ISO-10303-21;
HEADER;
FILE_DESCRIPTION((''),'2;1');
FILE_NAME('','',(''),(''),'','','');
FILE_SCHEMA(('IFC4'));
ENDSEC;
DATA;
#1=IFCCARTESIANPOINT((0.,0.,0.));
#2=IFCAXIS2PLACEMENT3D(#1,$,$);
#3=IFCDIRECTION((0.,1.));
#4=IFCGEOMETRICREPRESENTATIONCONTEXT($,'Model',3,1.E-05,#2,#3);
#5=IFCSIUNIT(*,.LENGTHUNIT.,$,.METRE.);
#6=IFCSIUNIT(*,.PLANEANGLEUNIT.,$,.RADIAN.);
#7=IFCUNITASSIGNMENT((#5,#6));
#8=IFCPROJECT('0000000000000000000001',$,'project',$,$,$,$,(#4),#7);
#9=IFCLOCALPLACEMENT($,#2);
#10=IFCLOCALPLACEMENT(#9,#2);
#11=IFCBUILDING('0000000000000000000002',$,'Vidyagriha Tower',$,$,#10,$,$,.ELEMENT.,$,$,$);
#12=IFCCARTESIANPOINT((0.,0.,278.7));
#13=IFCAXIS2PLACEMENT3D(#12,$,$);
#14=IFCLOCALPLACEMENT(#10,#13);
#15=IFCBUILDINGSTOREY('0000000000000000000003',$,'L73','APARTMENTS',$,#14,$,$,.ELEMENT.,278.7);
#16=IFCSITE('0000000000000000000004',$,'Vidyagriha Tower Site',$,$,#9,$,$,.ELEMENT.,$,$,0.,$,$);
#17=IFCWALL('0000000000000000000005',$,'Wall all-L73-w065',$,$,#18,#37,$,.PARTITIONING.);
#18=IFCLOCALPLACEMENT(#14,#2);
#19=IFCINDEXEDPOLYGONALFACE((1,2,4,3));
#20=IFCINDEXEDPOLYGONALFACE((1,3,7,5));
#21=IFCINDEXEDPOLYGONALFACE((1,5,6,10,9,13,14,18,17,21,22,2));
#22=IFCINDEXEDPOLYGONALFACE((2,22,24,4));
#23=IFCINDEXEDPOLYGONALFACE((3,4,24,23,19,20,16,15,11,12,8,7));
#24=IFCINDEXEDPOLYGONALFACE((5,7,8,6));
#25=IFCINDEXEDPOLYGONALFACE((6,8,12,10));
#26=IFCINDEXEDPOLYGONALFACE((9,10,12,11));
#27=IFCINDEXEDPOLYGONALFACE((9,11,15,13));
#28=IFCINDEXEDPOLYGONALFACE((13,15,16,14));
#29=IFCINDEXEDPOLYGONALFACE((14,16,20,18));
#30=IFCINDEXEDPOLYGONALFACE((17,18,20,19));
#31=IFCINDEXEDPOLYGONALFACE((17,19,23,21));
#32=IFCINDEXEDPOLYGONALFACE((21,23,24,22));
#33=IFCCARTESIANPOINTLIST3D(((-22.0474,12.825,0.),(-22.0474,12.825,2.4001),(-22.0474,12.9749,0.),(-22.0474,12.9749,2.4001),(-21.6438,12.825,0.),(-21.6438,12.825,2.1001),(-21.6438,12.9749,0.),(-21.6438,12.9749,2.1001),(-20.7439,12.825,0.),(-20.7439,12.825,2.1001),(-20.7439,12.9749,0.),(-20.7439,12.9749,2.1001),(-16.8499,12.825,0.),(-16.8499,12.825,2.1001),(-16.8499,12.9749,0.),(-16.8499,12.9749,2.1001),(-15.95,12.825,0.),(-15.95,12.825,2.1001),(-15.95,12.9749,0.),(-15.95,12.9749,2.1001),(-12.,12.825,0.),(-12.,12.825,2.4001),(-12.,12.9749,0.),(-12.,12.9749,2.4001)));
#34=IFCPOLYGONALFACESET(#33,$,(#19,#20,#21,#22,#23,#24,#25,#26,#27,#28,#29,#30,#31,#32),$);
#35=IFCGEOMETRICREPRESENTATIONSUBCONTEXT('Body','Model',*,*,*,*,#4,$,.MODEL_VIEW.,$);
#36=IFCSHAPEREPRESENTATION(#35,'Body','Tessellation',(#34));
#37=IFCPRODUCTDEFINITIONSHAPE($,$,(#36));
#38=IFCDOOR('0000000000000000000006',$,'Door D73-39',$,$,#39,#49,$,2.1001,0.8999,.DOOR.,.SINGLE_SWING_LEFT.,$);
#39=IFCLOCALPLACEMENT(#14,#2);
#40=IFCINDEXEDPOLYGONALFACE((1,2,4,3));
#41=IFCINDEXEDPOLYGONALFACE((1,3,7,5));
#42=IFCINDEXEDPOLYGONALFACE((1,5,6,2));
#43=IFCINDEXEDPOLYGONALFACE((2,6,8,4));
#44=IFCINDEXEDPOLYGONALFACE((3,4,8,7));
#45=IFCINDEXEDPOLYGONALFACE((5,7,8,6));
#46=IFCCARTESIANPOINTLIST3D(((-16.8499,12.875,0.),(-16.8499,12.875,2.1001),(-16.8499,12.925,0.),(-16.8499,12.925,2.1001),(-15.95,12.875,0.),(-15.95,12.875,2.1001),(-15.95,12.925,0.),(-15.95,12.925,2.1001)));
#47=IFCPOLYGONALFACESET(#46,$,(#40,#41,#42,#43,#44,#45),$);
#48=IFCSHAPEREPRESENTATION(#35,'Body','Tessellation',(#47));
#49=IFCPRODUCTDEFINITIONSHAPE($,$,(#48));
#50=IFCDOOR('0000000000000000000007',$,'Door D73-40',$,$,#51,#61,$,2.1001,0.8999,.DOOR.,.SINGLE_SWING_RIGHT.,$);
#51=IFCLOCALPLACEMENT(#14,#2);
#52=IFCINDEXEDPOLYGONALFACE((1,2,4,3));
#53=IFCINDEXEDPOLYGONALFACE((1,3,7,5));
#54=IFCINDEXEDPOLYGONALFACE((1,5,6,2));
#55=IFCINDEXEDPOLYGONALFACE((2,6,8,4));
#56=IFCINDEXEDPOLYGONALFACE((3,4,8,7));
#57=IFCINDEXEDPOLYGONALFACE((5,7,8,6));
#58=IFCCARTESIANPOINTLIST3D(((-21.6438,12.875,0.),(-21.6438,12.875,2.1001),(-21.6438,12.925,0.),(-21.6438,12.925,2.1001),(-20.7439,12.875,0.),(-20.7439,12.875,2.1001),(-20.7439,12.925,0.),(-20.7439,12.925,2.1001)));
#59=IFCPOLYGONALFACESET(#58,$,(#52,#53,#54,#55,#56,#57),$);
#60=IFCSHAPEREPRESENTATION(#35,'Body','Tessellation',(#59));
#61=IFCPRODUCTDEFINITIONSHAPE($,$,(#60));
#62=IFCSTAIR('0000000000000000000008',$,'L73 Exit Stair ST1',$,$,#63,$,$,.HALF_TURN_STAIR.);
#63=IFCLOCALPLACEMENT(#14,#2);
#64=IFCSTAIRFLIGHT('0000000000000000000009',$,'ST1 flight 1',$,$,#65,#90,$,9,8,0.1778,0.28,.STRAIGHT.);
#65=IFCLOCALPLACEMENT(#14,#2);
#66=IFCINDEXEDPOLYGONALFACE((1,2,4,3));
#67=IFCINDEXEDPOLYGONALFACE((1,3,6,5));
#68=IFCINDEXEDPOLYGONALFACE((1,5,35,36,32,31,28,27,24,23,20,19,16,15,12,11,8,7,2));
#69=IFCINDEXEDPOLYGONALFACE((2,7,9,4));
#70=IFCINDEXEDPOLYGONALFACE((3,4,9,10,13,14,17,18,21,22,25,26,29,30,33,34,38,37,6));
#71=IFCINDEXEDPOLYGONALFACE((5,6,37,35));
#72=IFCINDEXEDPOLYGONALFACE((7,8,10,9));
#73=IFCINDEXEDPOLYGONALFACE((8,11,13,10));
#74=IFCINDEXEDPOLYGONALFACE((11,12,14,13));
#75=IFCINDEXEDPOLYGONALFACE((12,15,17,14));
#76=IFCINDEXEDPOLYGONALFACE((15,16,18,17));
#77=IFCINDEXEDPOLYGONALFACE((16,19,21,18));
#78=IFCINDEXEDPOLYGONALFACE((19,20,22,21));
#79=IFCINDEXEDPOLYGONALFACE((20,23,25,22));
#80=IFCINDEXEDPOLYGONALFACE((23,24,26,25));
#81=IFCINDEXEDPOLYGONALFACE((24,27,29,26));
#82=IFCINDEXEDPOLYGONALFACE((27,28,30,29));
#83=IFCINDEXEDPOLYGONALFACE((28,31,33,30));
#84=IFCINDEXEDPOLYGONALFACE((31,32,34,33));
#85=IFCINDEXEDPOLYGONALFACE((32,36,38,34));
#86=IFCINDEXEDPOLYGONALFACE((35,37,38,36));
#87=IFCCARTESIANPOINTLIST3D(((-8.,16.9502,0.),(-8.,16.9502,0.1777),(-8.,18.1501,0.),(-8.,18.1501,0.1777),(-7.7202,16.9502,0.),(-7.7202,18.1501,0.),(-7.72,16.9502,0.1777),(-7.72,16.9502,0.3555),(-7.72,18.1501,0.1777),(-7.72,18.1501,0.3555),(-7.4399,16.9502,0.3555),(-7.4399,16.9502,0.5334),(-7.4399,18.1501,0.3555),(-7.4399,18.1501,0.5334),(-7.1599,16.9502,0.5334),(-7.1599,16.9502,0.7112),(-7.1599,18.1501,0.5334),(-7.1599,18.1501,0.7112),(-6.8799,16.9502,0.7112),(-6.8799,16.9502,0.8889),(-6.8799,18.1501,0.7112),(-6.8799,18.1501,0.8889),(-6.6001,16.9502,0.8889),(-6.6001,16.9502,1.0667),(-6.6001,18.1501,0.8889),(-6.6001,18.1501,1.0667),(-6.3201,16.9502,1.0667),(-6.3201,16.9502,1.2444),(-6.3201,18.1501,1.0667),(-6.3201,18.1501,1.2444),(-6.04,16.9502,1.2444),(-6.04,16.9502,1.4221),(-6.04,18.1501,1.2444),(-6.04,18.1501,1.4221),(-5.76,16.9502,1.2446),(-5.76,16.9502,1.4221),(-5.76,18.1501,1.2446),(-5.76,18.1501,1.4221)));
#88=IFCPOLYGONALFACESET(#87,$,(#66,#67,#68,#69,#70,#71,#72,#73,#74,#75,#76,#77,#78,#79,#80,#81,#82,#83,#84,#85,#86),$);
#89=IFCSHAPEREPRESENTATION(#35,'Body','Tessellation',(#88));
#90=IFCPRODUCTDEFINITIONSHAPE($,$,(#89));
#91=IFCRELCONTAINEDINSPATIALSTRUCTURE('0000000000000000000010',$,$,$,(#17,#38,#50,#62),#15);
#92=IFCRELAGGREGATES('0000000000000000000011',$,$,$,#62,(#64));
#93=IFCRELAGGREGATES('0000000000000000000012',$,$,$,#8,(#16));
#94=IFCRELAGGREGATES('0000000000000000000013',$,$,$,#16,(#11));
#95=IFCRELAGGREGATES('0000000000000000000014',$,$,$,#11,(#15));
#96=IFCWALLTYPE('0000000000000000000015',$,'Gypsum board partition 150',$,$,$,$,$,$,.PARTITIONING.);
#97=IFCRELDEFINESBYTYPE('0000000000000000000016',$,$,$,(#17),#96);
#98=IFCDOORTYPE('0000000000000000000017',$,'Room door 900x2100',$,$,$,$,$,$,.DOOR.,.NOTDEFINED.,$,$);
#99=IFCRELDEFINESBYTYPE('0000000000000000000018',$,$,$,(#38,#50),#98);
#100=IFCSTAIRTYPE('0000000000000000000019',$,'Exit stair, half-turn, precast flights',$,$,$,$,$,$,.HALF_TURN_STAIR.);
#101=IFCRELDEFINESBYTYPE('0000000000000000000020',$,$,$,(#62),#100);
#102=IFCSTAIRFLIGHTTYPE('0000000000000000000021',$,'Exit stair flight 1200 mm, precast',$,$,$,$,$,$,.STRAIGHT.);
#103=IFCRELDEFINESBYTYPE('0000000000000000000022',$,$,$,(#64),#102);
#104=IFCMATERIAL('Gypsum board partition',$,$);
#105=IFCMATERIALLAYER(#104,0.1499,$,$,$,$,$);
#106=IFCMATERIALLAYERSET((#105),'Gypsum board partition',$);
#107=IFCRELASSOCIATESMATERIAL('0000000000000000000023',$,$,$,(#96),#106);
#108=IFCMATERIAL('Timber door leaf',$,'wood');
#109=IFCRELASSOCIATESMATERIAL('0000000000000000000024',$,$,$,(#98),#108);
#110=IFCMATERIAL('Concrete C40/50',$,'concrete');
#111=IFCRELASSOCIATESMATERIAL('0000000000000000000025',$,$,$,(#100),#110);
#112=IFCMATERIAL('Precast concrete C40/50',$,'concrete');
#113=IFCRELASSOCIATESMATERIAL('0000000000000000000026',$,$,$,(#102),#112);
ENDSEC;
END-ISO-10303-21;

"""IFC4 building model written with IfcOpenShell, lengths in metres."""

from ifc_helpers import new_model, si_unit, direction, frame, frame_2d, origin, place, context, subcontext, project, spatial, polyline, rectangle, outline, extrude, material, layer, layer_set, type_object, element, fill, aggregate, save


model = new_model("IFC4")

# Units and contexts
model_context = context("Model", 3, precision=1e-05, world=origin(), true_north=direction((0.0, 1.0)))
body_context = subcontext(model_context, "Body", "Model", "MODEL_VIEW")
ifc_project = project(units=[si_unit("LENGTHUNIT", "METRE"), si_unit("PLANEANGLEUNIT", "RADIAN")], contexts=[model_context])

# Site, building, storey
site_placement = place(None, origin())
site = spatial("IfcSite", under=ifc_project, at=site_placement, Name="Vidyagriha Tower Site", CompositionType="ELEMENT", RefElevation=0.0)
building_placement = place(site_placement, origin())
building = spatial("IfcBuilding", under=site, at=building_placement, Name="Vidyagriha Tower", CompositionType="ELEMENT")
storey_placement = place(building_placement, frame((0.0, 0.0, 278.7)))
storey = spatial("IfcBuildingStorey", under=building, at=storey_placement, Name="L73", Description="APARTMENTS", CompositionType="ELEMENT", Elevation=278.7)

# Wall, openings, doors
ifc_material_1 = material(Name="Gypsum board partition")
ifc_layer_1 = layer(ifc_material_1, 0.1499)
ifc_layer_set_1 = layer_set([ifc_layer_1], Name="Gypsum board partition")
wall_type_1 = type_object("IfcWallType", Name="Gypsum board partition 150", PredefinedType="PARTITIONING", material=ifc_layer_set_1)
wall_1_placement = place(storey_placement, frame((-12.0, 12.8999, 0.0), z_axis=(0.0, 0.0, 1.0), x_axis=(-1.0, 0.0, 0.0)))
wall_1 = element("IfcWall", 1, at=wall_1_placement, inside=storey, type_object=wall_type_1, Name="Wall all-L73-w065", PredefinedType="PARTITIONING", context=body_context, shape_type="SweptSolid", body=[
    extrude(rectangle(XDim=10.0474, YDim=0.1499, at=frame_2d((5.0237, 0.0))), origin(), (0.0, 0.0, 1.0), 2.4001),
])
opening_1_placement = place(wall_1_placement, frame((3.95, 0.0, 0.0)))
opening_1 = element("IfcOpeningElement", 2, at=opening_1_placement, cuts=wall_1, PredefinedType="OPENING", context=body_context, shape_type="SweptSolid", body=[
    extrude(rectangle(XDim=0.8999, YDim=2.1001, at=frame_2d((0.45, 1.05))), frame((0.0, 0.085, 0.0), z_axis=(0.0, -1.0, 0.0), x_axis=(1.0, 0.0, 0.0)), (0.0, 0.0, 1.0), 0.1699),
])
opening_2_placement = place(wall_1_placement, frame((8.7439, 0.0, 0.0)))
opening_2 = element("IfcOpeningElement", 3, at=opening_2_placement, cuts=wall_1, PredefinedType="OPENING", context=body_context, shape_type="SweptSolid", body=[
    extrude(rectangle(XDim=0.8999, YDim=2.1001, at=frame_2d((0.45, 1.05))), frame((0.0, 0.085, 0.0), z_axis=(0.0, -1.0, 0.0), x_axis=(1.0, 0.0, 0.0)), (0.0, 0.0, 1.0), 0.1699),
])
ifc_material_2 = material(Name="Timber door leaf", Category="wood")
door_type_1 = type_object("IfcDoorType", Name="Room door 900x2100", OperationType="NOTDEFINED", PredefinedType="DOOR", material=ifc_material_2)
door_1_placement = place(opening_1_placement, origin())
door_1 = element("IfcDoor", 4, at=door_1_placement, inside=storey, type_object=door_type_1, Name="Door D73-39", OperationType="SINGLE_SWING_LEFT", OverallHeight=2.1001, OverallWidth=0.8999, PredefinedType="DOOR", context=body_context, shape_type="SweptSolid", body=[
    extrude(rectangle(XDim=0.8999, YDim=2.1001, at=frame_2d((0.45, 1.05))), frame((0.0, 0.0249, 0.0), z_axis=(0.0, -1.0, 0.0), x_axis=(1.0, 0.0, 0.0)), (0.0, 0.0, 1.0), 0.05),
])
fill(opening_1, door_1)
door_2_placement = place(opening_2_placement, origin())
door_2 = element("IfcDoor", 5, at=door_2_placement, inside=storey, type_object=door_type_1, Name="Door D73-40", OperationType="SINGLE_SWING_RIGHT", OverallHeight=2.1001, OverallWidth=0.8999, PredefinedType="DOOR", context=body_context, shape_type="SweptSolid", body=[
    extrude(rectangle(XDim=0.8999, YDim=2.1001, at=frame_2d((0.45, 1.05))), frame((0.0, 0.0249, 0.0), z_axis=(0.0, -1.0, 0.0), x_axis=(1.0, 0.0, 0.0)), (0.0, 0.0, 1.0), 0.05),
])
fill(opening_2, door_2)

# Stair, stair flight
ifc_material_3 = material(Name="Concrete C40/50", Category="concrete")
stair_type = type_object("IfcStairType", Name="Exit stair, half-turn, precast flights", PredefinedType="HALF_TURN_STAIR", material=ifc_material_3)
stair_placement = place(storey_placement, origin())
stair = element("IfcStair", 6, at=stair_placement, inside=storey, type_object=stair_type, Name="L73 Exit Stair ST1", PredefinedType="HALF_TURN_STAIR")
ifc_material_4 = material(Name="Precast concrete C40/50", Category="concrete")
stair_flight_type = type_object("IfcStairFlightType", Name="Exit stair flight 1200 mm, precast", PredefinedType="STRAIGHT", material=ifc_material_4)
stair_flight_placement = place(storey_placement, frame((-8.0, 17.55, 0.0)))
stair_flight = element("IfcStairFlight", 7, at=stair_flight_placement, type_object=stair_flight_type, Name="ST1 flight 1", NumberOfRisers=9, NumberOfTreads=8, PredefinedType="STRAIGHT", RiserHeight=0.1778, TreadLength=0.28, context=body_context, shape_type="SweptSolid", body=[
    extrude(outline(polyline([(0.0, 0.0), (0.0, 0.1777), (0.28, 0.1777), (0.28, 0.3555), (0.5601, 0.3555), (0.5601, 0.5334), (0.8401, 0.5334), (0.8401, 0.7112), (1.1201, 0.7112), (1.1201, 0.8889), (1.3999, 0.8889), (1.3999, 1.0667), (1.6799, 1.0667), (1.6799, 1.2444), (1.96, 1.2444), (1.96, 1.4221), (2.24, 1.4221), (2.24, 1.6001), (2.24, 1.2446), (0.2798, 0.0), (0.0, 0.0)])), frame((0.0, 0.6001, 0.0), z_axis=(0.0, -1.0, 0.0), x_axis=(1.0, 0.0, 0.0)), (0.0, 0.0, 1.0), 1.2),
])
aggregate(stair, [stair_flight])

save(model, "model.ifc")
